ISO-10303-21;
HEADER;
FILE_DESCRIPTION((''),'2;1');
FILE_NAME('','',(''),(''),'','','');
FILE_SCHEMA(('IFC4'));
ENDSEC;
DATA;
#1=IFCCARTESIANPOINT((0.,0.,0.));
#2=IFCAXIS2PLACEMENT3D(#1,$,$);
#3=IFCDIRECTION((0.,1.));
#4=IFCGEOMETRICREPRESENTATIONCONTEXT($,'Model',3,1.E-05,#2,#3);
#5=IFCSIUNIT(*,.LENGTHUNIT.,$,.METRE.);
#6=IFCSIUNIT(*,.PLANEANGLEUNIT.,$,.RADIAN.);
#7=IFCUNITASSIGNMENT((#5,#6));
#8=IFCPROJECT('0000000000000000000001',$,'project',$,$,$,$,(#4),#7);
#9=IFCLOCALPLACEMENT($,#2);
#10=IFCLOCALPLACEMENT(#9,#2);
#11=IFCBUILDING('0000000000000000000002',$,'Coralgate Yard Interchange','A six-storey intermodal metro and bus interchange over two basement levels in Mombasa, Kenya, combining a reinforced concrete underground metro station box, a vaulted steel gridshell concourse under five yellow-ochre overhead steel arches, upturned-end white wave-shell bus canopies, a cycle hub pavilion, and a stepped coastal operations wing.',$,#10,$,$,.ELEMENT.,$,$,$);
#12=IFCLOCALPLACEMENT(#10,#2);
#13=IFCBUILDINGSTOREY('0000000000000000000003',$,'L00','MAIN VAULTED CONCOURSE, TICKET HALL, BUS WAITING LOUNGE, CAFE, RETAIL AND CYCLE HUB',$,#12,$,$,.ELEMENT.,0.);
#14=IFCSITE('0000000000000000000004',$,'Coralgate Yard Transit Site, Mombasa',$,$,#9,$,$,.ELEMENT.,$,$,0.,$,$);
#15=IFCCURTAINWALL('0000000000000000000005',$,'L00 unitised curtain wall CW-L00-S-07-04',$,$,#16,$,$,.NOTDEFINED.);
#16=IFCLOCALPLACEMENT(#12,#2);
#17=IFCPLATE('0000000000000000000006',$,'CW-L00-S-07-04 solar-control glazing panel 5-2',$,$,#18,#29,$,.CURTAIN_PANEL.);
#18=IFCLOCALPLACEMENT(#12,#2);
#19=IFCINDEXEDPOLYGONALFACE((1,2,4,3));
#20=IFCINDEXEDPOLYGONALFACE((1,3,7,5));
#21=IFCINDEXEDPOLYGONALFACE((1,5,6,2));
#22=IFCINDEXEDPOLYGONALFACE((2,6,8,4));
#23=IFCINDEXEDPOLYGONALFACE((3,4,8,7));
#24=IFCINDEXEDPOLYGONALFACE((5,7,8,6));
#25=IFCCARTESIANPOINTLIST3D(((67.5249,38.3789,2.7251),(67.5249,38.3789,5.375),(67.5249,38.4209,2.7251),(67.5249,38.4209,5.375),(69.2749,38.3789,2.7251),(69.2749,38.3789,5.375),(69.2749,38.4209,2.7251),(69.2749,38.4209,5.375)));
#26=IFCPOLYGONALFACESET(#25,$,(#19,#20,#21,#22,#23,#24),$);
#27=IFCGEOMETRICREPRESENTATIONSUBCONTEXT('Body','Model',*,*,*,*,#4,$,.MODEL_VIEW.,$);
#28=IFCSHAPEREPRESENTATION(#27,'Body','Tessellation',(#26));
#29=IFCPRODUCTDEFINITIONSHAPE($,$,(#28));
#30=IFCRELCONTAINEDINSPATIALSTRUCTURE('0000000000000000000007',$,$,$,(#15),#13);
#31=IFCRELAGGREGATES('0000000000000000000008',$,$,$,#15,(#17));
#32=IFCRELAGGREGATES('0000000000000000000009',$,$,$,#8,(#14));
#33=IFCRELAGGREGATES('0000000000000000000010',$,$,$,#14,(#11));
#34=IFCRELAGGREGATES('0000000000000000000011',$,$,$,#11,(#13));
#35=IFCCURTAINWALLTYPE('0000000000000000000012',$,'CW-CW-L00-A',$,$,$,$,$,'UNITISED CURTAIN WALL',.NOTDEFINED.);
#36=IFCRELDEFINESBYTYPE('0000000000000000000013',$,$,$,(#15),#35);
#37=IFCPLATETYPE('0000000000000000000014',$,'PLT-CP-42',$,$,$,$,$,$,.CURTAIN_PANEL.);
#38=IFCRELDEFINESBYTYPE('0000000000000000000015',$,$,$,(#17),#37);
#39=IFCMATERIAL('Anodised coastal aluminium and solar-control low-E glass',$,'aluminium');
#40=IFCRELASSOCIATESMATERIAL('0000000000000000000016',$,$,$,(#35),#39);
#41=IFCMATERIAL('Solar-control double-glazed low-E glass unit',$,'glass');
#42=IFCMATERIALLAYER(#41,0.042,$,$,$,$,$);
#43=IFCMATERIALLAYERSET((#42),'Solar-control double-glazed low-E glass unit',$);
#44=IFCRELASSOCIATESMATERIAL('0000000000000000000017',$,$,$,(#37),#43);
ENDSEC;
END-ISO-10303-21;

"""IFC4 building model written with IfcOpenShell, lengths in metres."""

from ifc_helpers import new_model, si_unit, direction, frame, origin, origin_2d, place, context, subcontext, project, spatial, rectangle, extrude, material, layer, layer_set, type_object, element, aggregate, save


model = new_model("IFC4")

# Units and contexts
model_context = context("Model", 3, precision=1e-05, world=origin(), true_north=direction((0.0, 1.0)))
body_context = subcontext(model_context, "Body", "Model", "MODEL_VIEW")
ifc_project = project(units=[si_unit("LENGTHUNIT", "METRE"), si_unit("PLANEANGLEUNIT", "RADIAN")], contexts=[model_context])

# Site, building, storey
site_placement = place(None, origin())
site = spatial("IfcSite", under=ifc_project, at=site_placement, Name="Coralgate Yard Transit Site, Mombasa", CompositionType="ELEMENT", RefElevation=0.0)
building_placement = place(site_placement, origin())
building = spatial("IfcBuilding", under=site, at=building_placement, Name="Coralgate Yard Interchange", Description="A six-storey intermodal metro and bus interchange over two basement levels in Mombasa, Kenya, combining a reinforced concrete underground metro station box, a vaulted steel gridshell concourse under five yellow-ochre overhead steel arches, upturned-end white wave-shell bus canopies, a cycle hub pavilion, and a stepped coastal operations wing.", CompositionType="ELEMENT")
storey_placement = place(building_placement, origin())
storey = spatial("IfcBuildingStorey", under=building, at=storey_placement, Name="L00", Description="MAIN VAULTED CONCOURSE, TICKET HALL, BUS WAITING LOUNGE, CAFE, RETAIL AND CYCLE HUB", CompositionType="ELEMENT", Elevation=0.0)

# Shared definitions
ifc_material_1 = material(Name="Anodised coastal aluminium and solar-control low-E glass", Category="aluminium")
curtain_wall_type = type_object("IfcCurtainWallType", Name="CW-CW-L00-A", ElementType="UNITISED CURTAIN WALL", PredefinedType="NOTDEFINED", material=ifc_material_1)

# Curtain wall
curtain_wall_1_placement = place(storey_placement, origin())
curtain_wall_1 = element("IfcCurtainWall", 1, at=curtain_wall_1_placement, inside=storey, type_object=curtain_wall_type, Name="L00 unitised curtain wall CW-L00-S-07-04", PredefinedType="NOTDEFINED")

# Plate
ifc_material_2 = material(Name="Solar-control double-glazed low-E glass unit", Category="glass")
ifc_layer_1 = layer(ifc_material_2, 0.042)
ifc_layer_set_1 = layer_set([ifc_layer_1], Name="Solar-control double-glazed low-E glass unit")
plate_type_1 = type_object("IfcPlateType", Name="PLT-CP-42", PredefinedType="CURTAIN_PANEL", material=ifc_layer_set_1)
plate_1_placement = place(storey_placement, frame((68.3999, 38.3999, 2.7251), z_axis=(0.0, 0.0, 1.0), x_axis=(-1.0, 0.0, 0.0)))
plate_1 = element("IfcPlate", 2, at=plate_1_placement, type_object=plate_type_1, Name="CW-L00-S-07-04 solar-control glazing panel 5-2", PredefinedType="CURTAIN_PANEL", context=body_context, shape_type="SweptSolid", body=[
    extrude(rectangle(XDim=1.75, YDim=0.042, at=origin_2d()), origin(), (0.0, 0.0, 1.0), 2.6499),
])
aggregate(curtain_wall_1, [plate_1])

save(model, "model.ifc")
